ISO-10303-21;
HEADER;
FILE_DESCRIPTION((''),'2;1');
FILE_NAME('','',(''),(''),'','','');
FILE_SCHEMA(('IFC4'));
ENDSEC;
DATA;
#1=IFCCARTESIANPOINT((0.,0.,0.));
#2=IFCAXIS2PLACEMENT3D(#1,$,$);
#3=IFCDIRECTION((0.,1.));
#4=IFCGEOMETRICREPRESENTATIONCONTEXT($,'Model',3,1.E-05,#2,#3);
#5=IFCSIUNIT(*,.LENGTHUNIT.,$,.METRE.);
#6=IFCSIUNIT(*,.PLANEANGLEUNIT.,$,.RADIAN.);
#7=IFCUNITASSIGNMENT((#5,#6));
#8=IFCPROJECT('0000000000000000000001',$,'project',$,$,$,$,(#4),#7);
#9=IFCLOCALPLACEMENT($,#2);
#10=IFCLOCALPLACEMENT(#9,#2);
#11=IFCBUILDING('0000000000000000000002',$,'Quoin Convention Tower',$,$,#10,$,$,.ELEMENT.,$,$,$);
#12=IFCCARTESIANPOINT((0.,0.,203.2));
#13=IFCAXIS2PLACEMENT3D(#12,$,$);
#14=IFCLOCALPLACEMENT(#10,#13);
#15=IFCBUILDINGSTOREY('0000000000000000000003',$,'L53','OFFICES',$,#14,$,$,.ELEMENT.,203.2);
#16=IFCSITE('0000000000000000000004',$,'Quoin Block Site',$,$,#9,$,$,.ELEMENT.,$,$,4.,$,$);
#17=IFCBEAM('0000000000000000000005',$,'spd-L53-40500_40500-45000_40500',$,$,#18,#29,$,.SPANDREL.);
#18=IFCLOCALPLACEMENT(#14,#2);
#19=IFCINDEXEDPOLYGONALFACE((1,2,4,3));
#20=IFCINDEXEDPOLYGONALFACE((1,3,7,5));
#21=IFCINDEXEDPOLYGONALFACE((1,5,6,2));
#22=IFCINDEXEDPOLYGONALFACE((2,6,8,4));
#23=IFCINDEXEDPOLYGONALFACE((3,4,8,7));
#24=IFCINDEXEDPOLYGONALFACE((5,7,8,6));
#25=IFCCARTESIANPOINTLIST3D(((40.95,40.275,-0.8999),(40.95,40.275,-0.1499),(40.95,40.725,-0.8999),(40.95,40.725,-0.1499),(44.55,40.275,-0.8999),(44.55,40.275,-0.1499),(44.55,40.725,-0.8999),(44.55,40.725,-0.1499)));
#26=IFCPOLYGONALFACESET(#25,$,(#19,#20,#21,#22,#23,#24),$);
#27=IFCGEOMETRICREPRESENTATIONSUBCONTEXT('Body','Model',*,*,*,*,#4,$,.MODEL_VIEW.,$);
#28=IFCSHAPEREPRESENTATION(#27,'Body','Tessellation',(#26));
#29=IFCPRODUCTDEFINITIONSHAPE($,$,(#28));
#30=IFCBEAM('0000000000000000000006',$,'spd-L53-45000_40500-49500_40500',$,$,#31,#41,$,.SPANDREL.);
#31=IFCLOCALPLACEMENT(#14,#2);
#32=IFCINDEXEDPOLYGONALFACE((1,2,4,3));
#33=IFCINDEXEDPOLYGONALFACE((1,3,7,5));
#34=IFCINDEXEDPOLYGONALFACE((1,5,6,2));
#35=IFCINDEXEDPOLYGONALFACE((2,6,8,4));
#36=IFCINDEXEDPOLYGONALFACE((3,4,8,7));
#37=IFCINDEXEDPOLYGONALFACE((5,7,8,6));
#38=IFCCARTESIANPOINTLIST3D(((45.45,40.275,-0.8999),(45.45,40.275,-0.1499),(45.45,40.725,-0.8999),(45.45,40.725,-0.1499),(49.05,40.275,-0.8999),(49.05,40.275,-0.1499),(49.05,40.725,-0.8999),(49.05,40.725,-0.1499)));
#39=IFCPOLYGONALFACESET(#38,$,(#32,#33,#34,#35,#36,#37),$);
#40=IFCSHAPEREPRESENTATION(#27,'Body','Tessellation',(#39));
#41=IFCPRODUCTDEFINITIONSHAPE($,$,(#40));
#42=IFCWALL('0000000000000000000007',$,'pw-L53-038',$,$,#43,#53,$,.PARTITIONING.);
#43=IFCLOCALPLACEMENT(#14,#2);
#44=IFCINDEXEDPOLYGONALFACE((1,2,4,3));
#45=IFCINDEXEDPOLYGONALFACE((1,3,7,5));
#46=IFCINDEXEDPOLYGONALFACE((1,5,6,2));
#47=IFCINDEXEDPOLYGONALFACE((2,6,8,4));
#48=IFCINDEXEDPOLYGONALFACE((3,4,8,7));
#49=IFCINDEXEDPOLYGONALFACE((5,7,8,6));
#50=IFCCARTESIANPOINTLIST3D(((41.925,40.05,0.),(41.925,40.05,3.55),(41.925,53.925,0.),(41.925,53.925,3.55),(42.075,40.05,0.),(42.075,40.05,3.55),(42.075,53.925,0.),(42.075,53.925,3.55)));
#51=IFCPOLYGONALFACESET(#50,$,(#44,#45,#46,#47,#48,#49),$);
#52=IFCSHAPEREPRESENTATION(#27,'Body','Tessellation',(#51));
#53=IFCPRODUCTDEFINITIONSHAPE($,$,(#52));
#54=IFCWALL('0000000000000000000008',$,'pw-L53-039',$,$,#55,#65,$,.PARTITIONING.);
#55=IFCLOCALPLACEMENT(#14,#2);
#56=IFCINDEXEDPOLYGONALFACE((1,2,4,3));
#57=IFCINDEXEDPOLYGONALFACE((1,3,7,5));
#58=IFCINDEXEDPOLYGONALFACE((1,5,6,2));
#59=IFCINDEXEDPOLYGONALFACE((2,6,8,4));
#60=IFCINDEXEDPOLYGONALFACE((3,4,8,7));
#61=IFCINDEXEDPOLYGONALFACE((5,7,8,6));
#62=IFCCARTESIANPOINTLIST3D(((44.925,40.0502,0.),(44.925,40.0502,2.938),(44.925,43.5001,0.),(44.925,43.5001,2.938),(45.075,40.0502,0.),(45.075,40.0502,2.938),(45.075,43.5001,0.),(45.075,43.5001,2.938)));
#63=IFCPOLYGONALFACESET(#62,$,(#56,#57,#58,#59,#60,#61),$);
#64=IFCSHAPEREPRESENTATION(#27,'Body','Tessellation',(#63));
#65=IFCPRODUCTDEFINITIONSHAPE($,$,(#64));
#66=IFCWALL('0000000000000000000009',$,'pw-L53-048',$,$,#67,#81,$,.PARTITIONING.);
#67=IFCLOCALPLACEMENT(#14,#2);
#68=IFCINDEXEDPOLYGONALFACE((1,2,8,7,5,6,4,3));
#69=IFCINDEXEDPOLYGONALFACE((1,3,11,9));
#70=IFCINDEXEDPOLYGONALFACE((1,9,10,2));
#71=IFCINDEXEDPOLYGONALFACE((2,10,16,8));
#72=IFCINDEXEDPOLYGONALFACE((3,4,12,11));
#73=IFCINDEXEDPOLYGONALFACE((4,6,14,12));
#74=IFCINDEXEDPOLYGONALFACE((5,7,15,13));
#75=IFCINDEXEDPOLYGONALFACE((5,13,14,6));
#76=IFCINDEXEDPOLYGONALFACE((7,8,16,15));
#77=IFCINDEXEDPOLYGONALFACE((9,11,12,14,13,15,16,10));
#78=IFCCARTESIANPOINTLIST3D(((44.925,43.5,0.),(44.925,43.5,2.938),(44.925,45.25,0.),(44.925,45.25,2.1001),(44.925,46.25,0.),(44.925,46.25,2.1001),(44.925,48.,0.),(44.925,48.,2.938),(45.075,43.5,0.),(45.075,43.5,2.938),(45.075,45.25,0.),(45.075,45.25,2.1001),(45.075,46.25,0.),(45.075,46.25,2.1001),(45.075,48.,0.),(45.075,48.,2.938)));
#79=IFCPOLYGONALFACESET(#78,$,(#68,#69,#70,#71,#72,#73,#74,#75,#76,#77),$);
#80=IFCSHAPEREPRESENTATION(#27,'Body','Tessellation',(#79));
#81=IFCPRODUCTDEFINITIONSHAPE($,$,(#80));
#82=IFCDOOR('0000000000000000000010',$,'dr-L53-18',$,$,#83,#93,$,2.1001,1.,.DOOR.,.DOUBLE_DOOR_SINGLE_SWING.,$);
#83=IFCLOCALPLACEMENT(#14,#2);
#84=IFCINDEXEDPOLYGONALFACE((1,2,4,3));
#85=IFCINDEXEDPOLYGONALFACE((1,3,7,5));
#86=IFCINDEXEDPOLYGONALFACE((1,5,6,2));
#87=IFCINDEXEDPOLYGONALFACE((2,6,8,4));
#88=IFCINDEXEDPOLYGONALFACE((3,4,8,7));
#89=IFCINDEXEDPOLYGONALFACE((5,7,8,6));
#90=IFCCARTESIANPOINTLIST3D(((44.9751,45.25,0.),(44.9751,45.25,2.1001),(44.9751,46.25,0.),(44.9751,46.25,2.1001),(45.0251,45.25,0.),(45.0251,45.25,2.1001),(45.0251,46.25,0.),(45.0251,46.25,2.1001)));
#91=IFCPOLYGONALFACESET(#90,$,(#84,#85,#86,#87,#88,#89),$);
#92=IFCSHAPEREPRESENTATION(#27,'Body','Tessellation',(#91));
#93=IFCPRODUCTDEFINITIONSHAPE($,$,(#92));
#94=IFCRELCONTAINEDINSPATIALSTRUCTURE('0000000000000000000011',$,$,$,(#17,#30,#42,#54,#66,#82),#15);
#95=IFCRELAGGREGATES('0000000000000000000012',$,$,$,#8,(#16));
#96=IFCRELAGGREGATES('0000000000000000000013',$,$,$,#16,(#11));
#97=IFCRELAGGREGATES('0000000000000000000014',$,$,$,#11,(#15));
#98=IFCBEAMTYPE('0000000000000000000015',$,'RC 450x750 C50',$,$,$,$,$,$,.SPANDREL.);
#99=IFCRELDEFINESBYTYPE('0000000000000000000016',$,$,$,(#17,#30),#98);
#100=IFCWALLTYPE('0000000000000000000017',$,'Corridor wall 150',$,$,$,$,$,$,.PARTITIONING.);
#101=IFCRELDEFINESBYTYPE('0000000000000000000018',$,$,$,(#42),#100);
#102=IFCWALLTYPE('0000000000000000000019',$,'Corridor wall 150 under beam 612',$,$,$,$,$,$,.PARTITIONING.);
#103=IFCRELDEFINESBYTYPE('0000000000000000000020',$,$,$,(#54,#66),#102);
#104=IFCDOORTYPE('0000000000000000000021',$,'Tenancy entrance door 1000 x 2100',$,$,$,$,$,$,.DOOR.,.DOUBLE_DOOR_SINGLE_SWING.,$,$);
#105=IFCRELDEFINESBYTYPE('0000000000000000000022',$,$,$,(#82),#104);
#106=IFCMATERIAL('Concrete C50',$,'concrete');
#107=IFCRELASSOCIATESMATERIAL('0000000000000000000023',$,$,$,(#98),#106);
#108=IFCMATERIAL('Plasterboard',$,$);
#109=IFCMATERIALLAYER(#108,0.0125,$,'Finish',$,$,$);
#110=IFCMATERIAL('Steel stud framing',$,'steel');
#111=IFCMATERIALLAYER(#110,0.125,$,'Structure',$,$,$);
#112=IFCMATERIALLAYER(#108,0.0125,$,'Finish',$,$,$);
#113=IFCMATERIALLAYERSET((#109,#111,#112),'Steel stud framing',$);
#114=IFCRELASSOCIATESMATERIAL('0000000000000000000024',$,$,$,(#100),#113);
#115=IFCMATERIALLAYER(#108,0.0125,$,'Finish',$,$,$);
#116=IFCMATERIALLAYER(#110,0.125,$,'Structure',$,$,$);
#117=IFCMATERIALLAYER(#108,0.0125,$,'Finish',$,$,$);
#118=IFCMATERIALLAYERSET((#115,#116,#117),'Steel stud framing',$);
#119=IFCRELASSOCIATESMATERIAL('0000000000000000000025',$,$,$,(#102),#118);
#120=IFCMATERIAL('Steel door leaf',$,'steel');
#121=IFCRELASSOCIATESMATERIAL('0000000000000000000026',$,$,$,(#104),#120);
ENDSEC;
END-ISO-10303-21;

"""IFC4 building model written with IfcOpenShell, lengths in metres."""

from ifc_helpers import new_model, si_unit, direction, frame, frame_2d, origin, origin_2d, place, context, subcontext, project, spatial, rectangle, extrude, material, layer, layer_set, material_profile, profile_set, type_object, element, fill, save


model = new_model("IFC4")

# Units and contexts
model_context = context("Model", 3, precision=1e-05, world=origin(), true_north=direction((0.0, 1.0)))
body_context = subcontext(model_context, "Body", "Model", "MODEL_VIEW")
ifc_project = project(units=[si_unit("LENGTHUNIT", "METRE"), si_unit("PLANEANGLEUNIT", "RADIAN")], contexts=[model_context])

# Site, building, storey
site_placement = place(None, origin())
site = spatial("IfcSite", under=ifc_project, at=site_placement, Name="Quoin Block Site", CompositionType="ELEMENT", RefElevation=4.0)
building_placement = place(site_placement, origin())
building = spatial("IfcBuilding", under=site, at=building_placement, Name="Quoin Convention Tower", CompositionType="ELEMENT")
storey_placement = place(building_placement, frame((0.0, 0.0, 203.2)))
storey = spatial("IfcBuildingStorey", under=building, at=storey_placement, Name="L53", Description="OFFICES", CompositionType="ELEMENT", Elevation=203.2)

# Shared definitions
ifc_material_1 = material(Name="Concrete C50", Category="concrete")

# Beams
ifc_material_profile_1 = material_profile(ifc_material_1, rectangle(XDim=0.45, YDim=0.75, at=origin_2d()), Name="RC 450x750")
ifc_profile_set_1 = profile_set([ifc_material_profile_1], Name="Concrete C50")
beam_type_1 = type_object("IfcBeamType", Name="RC 450x750 C50", PredefinedType="SPANDREL", material=ifc_profile_set_1)
for number, where, z_axis, x_axis, name in (
    (1, (40.95, 40.5, -0.5249), (1.0, 0.0, 0.0), (0.0, 1.0, 0.0), "spd-L53-40500_40500-45000_40500"),
    (2, (45.45, 40.5, -0.5249), (1.0, 0.0, 0.0), (0.0, 1.0, 0.0), "spd-L53-45000_40500-49500_40500"),
):
    element("IfcBeam", number, at=place(storey_placement, frame(where, z_axis=z_axis, x_axis=x_axis)), inside=storey, type_object=beam_type_1, Name=name, PredefinedType="SPANDREL", context=body_context, shape_type="SweptSolid", body=[
        extrude(rectangle(XDim=0.45, YDim=0.75, at=origin_2d()), origin(), (0.0, 0.0, 1.0), 3.6001),
    ])

# Walls
ifc_material_2 = material(Name="Plasterboard")
ifc_layer_1 = layer(ifc_material_2, 0.0125, Name="Finish")
ifc_material_3 = material(Name="Steel stud framing", Category="steel")
ifc_layer_2 = layer(ifc_material_3, 0.125, Name="Structure")
ifc_layer_3 = layer(ifc_material_2, 0.0125, Name="Finish")
ifc_layer_set_1 = layer_set([ifc_layer_1, ifc_layer_2, ifc_layer_3], Name="Steel stud framing")
wall_type_1 = type_object("IfcWallType", Name="Corridor wall 150", PredefinedType="PARTITIONING", material=ifc_layer_set_1)
wall_1_placement = place(storey_placement, frame((42.0, 40.05, 0.0), z_axis=(0.0, 0.0, 1.0), x_axis=(0.0, 1.0, 0.0)))
element("IfcWall", 3, at=wall_1_placement, inside=storey, type_object=wall_type_1, Name="pw-L53-038", PredefinedType="PARTITIONING", context=body_context, shape_type="SweptSolid", body=[
    extrude(rectangle(XDim=13.875, YDim=0.1499, at=frame_2d((6.9375, 0.0))), origin(), (0.0, 0.0, 1.0), 3.55),
])
ifc_layer_4 = layer(ifc_material_2, 0.0125, Name="Finish")
ifc_layer_5 = layer(ifc_material_3, 0.125, Name="Structure")
ifc_layer_6 = layer(ifc_material_2, 0.0125, Name="Finish")
ifc_layer_set_2 = layer_set([ifc_layer_4, ifc_layer_5, ifc_layer_6], Name="Steel stud framing")
wall_type_2 = type_object("IfcWallType", Name="Corridor wall 150 under beam 612", PredefinedType="PARTITIONING", material=ifc_layer_set_2)
wall_2_placement = place(storey_placement, frame((45.0, 40.05, 0.0), z_axis=(0.0, 0.0, 1.0), x_axis=(0.0, 1.0, 0.0)))
element("IfcWall", 4, at=wall_2_placement, inside=storey, type_object=wall_type_2, Name="pw-L53-039", PredefinedType="PARTITIONING", context=body_context, shape_type="SweptSolid", body=[
    extrude(rectangle(XDim=3.45, YDim=0.1499, at=frame_2d((1.7251, 0.0))), origin(), (0.0, 0.0, 1.0), 2.938),
])

# Wall, opening, door
wall_3_placement = place(storey_placement, frame((45.0, 43.5, 0.0), z_axis=(0.0, 0.0, 1.0), x_axis=(0.0, 1.0, 0.0)))
wall_3 = element("IfcWall", 5, at=wall_3_placement, inside=storey, type_object=wall_type_2, Name="pw-L53-048", PredefinedType="PARTITIONING", context=body_context, shape_type="SweptSolid", body=[
    extrude(rectangle(XDim=4.5, YDim=0.1499, at=frame_2d((2.25, 0.0))), origin(), (0.0, 0.0, 1.0), 2.938),
])
opening_placement = place(wall_3_placement, frame((1.75, 0.0, 0.0)))
opening = element("IfcOpeningElement", 6, at=opening_placement, cuts=wall_3, PredefinedType="OPENING", context=body_context, shape_type="SweptSolid", body=[
    extrude(rectangle(XDim=1.0, YDim=2.1001, at=frame_2d((0.5, 1.05))), frame((0.0, 0.085, 0.0), z_axis=(0.0, -1.0, 0.0), x_axis=(1.0, 0.0, 0.0)), (0.0, 0.0, 1.0), 0.1699),
])
ifc_material_4 = material(Name="Steel door leaf", Category="steel")
door_type = type_object("IfcDoorType", Name="Tenancy entrance door 1000 x 2100", OperationType="DOUBLE_DOOR_SINGLE_SWING", PredefinedType="DOOR", material=ifc_material_4)
door_placement = place(opening_placement, origin())
door = element("IfcDoor", 7, at=door_placement, inside=storey, type_object=door_type, Name="dr-L53-18", OperationType="DOUBLE_DOOR_SINGLE_SWING", OverallHeight=2.1001, OverallWidth=1.0, PredefinedType="DOOR", context=body_context, shape_type="SweptSolid", body=[
    extrude(rectangle(XDim=1.0, YDim=2.1001, at=frame_2d((0.5, 1.05))), frame((0.0, 0.0249, 0.0), z_axis=(0.0, -1.0, 0.0), x_axis=(1.0, 0.0, 0.0)), (0.0, 0.0, 1.0), 0.05),
])
fill(opening, door)

save(model, "model.ifc")
